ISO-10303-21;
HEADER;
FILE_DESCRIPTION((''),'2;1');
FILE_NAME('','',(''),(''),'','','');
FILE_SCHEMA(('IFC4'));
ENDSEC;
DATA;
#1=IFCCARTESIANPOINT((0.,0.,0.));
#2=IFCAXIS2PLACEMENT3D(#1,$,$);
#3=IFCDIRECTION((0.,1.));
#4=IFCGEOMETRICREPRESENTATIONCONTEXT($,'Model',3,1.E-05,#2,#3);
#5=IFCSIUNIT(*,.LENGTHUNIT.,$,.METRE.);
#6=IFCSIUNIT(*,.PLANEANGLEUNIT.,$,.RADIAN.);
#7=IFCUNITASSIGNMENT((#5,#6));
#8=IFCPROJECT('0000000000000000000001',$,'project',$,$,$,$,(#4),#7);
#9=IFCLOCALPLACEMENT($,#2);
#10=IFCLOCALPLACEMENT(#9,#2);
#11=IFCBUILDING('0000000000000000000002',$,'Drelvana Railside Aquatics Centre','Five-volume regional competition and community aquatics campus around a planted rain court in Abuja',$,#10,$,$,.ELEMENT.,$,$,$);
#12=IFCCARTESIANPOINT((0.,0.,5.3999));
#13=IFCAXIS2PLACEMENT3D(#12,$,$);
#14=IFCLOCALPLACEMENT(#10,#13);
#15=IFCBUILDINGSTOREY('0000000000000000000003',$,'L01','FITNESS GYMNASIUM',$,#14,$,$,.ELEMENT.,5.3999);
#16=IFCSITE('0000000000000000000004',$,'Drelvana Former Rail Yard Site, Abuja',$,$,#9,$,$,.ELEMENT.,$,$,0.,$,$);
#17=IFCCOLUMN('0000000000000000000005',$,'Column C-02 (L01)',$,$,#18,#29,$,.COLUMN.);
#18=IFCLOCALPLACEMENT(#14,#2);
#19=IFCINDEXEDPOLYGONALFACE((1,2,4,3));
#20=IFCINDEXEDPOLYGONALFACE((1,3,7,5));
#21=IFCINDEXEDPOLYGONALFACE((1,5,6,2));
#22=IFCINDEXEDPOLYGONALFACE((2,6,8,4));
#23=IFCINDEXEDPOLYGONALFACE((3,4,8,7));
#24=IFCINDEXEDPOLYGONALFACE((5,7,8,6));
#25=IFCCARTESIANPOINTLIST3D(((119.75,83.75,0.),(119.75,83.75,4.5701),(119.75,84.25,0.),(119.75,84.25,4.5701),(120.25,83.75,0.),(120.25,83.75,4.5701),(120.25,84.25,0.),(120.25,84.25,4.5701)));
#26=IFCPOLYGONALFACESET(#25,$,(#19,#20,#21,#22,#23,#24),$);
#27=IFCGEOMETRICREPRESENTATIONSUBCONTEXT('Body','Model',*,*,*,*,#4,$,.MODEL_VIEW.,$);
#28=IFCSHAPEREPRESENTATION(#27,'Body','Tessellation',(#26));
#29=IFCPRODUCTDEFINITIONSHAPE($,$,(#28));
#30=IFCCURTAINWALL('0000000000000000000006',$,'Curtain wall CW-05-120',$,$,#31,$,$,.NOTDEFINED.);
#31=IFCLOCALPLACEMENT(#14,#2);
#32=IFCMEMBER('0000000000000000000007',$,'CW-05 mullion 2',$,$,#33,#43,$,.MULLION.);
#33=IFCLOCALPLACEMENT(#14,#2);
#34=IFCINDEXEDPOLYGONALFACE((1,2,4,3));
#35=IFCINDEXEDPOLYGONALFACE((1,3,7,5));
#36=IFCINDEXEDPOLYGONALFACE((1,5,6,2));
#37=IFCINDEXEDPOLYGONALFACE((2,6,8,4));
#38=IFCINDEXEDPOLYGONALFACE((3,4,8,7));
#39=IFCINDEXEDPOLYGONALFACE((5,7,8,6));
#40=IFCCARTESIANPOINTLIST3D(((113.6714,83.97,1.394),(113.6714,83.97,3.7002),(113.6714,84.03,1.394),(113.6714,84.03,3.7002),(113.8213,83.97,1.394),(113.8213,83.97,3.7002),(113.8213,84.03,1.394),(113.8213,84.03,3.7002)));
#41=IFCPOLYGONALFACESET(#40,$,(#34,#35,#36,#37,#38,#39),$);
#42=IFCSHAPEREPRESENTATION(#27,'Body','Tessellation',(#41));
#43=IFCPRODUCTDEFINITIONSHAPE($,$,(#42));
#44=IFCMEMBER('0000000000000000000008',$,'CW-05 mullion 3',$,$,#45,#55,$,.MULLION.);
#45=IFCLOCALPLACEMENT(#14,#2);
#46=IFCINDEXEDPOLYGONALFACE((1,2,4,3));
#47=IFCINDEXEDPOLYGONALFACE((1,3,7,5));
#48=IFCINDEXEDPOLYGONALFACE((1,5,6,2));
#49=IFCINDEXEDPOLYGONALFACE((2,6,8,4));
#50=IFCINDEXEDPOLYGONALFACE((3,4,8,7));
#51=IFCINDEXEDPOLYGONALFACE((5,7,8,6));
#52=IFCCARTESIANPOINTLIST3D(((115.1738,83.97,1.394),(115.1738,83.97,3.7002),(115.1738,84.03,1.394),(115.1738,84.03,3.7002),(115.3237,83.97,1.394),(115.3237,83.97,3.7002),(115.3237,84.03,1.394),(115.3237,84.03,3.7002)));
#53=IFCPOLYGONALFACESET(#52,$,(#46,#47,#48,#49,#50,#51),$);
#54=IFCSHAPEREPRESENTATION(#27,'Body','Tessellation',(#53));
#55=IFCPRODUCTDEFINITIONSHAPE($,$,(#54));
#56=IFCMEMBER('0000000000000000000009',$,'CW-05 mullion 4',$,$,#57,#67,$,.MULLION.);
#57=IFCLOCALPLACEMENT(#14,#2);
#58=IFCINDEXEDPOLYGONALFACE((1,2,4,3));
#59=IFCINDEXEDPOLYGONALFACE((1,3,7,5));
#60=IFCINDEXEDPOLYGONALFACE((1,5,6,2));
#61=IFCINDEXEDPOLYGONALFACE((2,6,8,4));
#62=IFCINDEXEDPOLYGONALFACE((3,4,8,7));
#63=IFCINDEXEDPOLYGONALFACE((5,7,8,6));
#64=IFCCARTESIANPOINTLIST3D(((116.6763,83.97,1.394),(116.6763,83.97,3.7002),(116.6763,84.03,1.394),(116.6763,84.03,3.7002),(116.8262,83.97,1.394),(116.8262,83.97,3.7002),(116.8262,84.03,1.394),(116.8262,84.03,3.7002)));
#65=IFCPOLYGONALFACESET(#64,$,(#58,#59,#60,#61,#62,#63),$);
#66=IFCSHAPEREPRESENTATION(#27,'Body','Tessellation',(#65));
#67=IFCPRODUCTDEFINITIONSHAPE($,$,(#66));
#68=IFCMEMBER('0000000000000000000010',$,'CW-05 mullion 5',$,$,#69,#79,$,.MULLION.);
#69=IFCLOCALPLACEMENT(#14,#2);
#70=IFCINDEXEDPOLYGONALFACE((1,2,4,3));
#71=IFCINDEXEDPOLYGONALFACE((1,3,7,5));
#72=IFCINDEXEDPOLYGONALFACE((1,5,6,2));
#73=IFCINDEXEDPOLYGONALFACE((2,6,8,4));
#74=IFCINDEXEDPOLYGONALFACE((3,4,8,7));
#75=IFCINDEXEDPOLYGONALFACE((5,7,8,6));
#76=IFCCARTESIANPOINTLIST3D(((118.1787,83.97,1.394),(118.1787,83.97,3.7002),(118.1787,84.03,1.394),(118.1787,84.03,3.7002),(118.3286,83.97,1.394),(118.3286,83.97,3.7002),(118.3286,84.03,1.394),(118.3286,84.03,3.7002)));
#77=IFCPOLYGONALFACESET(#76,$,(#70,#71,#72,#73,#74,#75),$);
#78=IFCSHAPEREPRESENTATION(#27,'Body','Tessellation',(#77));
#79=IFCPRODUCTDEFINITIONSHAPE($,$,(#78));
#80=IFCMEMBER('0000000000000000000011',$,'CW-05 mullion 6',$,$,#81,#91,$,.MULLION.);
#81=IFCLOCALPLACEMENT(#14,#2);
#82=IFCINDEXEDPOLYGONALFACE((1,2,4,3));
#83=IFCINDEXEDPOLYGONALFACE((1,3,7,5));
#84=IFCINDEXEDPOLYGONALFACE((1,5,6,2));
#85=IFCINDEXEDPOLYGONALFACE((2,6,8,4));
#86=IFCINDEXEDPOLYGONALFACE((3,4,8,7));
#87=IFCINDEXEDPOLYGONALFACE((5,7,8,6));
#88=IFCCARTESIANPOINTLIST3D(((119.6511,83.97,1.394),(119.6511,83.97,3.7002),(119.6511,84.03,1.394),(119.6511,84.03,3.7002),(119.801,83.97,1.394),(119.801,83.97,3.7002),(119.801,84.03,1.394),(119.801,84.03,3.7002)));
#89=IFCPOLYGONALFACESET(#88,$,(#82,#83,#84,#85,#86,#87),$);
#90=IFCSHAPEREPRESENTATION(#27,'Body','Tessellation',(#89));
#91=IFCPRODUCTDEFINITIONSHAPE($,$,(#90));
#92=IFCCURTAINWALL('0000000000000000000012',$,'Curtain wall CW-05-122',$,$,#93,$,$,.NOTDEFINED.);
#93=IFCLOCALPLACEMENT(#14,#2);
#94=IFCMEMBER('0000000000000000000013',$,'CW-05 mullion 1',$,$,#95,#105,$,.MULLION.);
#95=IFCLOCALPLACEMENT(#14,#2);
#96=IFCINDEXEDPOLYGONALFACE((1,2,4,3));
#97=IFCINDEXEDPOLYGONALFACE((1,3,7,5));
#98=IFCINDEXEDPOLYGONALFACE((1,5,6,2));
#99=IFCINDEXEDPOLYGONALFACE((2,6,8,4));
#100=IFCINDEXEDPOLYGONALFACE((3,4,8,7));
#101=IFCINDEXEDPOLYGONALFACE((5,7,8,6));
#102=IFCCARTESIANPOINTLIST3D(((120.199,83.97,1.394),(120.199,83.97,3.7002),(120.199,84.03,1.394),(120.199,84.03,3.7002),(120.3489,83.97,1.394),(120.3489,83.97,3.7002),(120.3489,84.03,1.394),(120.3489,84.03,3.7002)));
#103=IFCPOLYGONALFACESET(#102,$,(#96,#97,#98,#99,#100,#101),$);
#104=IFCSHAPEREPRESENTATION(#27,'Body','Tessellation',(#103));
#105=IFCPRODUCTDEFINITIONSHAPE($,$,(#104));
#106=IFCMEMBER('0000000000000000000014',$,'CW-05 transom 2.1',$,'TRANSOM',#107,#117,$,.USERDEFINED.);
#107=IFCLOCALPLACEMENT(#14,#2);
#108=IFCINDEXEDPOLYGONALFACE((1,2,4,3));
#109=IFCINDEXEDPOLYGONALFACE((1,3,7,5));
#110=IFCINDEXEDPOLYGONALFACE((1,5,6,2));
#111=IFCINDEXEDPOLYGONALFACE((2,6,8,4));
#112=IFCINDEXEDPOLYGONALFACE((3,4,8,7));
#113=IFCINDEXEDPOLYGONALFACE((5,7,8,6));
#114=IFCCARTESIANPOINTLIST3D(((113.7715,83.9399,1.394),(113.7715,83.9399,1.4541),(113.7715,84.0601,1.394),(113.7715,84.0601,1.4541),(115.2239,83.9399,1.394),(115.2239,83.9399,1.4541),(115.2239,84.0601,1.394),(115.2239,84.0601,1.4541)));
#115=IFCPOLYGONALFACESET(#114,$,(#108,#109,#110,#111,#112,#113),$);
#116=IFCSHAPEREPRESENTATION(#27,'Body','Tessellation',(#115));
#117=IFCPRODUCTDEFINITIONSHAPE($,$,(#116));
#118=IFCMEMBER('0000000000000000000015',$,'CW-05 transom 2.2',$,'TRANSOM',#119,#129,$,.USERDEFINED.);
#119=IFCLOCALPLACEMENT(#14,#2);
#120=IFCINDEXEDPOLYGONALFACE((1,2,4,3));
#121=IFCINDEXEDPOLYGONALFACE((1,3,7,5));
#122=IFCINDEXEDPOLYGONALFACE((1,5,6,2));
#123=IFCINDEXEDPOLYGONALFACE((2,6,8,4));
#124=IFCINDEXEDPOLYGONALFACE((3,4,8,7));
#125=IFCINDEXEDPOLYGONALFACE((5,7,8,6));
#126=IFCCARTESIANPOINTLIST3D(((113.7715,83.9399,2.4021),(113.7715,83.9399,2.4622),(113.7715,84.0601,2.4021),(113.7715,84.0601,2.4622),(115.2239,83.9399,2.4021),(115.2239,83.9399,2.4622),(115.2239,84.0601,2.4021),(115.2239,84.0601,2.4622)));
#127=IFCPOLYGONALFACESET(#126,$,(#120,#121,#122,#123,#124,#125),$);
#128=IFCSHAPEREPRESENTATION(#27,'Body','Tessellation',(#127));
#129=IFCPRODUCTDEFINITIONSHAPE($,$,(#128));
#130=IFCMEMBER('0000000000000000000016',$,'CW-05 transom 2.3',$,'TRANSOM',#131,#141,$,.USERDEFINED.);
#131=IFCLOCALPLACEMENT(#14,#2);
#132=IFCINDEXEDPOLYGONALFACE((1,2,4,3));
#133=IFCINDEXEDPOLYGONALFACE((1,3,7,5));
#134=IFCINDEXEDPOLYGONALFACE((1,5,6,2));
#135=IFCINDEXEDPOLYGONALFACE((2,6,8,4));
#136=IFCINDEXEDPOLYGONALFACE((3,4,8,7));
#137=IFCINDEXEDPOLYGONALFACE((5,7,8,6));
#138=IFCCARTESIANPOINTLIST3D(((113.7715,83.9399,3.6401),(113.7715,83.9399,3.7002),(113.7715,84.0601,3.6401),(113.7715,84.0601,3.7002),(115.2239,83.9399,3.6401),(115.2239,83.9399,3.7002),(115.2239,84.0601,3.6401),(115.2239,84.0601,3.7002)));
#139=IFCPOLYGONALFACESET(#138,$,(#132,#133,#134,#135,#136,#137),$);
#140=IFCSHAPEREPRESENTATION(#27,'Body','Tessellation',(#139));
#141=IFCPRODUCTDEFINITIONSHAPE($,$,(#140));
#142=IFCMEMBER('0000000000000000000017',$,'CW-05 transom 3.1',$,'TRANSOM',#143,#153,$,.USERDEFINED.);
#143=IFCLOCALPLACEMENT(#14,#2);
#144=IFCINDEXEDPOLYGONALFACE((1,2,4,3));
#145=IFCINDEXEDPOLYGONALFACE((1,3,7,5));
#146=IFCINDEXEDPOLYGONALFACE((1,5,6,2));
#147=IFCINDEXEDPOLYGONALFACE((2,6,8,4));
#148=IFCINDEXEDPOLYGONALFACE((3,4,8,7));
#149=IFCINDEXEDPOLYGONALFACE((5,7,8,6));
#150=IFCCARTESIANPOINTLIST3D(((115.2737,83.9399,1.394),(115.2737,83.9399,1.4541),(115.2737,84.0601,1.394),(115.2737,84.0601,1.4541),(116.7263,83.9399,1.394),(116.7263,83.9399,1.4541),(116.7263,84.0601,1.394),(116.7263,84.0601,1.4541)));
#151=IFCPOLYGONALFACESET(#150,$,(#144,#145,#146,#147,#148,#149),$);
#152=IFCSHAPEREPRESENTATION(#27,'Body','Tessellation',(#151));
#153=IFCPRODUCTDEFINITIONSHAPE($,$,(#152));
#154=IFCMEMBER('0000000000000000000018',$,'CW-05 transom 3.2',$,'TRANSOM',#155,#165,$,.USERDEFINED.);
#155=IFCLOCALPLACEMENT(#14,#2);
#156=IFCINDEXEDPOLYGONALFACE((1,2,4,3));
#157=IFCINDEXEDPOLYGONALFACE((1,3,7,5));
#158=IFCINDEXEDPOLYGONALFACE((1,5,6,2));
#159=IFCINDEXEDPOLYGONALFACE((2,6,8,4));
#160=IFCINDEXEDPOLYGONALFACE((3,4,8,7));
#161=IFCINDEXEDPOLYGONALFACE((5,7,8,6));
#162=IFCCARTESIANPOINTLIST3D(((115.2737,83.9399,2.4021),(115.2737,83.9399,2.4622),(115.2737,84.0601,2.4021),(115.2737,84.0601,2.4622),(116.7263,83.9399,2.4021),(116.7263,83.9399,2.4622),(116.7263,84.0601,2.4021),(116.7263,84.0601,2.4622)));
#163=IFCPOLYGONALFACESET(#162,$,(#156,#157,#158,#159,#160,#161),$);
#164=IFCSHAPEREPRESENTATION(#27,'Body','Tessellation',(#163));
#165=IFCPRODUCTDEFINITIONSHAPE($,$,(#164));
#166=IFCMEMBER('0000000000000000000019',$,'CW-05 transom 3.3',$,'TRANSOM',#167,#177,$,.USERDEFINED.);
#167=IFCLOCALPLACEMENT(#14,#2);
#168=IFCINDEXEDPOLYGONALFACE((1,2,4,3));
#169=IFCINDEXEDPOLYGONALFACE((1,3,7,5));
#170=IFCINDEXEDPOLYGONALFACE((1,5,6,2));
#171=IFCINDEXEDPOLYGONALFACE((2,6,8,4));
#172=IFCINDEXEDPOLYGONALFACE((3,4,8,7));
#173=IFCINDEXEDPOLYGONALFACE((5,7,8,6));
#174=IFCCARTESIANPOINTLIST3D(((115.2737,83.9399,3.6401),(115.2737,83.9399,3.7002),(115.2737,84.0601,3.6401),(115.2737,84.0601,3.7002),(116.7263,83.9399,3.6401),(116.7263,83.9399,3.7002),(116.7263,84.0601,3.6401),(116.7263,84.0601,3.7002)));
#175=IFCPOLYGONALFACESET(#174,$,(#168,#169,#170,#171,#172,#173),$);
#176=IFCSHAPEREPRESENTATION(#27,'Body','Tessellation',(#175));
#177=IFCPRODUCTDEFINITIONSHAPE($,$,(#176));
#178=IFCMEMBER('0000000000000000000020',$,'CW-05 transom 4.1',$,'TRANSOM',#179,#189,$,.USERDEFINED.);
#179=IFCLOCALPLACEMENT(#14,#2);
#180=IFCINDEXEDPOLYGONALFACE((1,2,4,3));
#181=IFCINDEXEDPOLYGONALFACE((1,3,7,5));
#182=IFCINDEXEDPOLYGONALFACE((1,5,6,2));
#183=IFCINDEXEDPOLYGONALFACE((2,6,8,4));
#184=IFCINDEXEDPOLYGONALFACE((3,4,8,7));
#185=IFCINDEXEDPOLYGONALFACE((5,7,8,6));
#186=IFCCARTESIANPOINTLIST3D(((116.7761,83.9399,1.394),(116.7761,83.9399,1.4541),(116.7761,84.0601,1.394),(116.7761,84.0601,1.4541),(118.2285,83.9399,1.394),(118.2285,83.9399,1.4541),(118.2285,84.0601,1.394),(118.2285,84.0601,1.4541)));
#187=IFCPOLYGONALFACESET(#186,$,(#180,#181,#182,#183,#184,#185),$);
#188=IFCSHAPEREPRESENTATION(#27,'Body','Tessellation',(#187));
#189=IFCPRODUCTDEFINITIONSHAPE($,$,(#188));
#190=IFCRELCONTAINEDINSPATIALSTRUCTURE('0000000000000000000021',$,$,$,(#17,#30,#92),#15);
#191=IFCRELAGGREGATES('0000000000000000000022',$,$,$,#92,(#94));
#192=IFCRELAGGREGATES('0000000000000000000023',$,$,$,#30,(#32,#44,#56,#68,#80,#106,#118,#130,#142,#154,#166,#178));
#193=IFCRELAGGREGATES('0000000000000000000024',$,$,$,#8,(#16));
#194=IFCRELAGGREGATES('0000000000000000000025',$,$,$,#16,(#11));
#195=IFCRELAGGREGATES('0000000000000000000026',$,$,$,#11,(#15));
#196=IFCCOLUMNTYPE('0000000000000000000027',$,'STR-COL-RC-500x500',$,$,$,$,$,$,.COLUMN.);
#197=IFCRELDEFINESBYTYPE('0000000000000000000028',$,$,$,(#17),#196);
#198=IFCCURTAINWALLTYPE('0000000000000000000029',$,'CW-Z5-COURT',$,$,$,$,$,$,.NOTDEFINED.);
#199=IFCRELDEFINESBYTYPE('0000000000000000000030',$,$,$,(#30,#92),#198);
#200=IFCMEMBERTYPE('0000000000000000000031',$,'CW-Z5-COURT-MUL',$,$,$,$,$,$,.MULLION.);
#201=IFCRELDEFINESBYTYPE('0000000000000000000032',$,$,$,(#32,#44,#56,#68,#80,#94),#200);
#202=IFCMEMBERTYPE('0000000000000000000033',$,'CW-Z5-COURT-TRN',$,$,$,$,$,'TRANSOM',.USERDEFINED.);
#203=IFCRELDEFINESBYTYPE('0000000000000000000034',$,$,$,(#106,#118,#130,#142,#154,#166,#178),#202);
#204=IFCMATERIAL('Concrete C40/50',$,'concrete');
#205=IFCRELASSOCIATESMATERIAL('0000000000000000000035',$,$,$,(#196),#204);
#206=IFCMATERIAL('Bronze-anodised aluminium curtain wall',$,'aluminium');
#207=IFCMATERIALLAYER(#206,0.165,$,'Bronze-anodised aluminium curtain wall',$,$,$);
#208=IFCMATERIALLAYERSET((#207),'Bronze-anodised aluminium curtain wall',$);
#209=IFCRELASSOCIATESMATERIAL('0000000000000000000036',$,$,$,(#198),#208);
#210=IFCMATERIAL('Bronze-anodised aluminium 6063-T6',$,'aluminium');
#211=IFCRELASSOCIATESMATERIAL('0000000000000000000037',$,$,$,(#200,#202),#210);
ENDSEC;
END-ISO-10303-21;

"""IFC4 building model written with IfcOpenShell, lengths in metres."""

from ifc_helpers import new_model, si_unit, direction, frame, origin, origin_2d, place, context, subcontext, project, spatial, rectangle, extrude, material, layer, layer_set, material_profile, profile_set, type_object, element, aggregate, save


model = new_model("IFC4")

# Units and contexts
model_context = context("Model", 3, precision=1e-05, world=origin(), true_north=direction((0.0, 1.0)))
body_context = subcontext(model_context, "Body", "Model", "MODEL_VIEW")
ifc_project = project(units=[si_unit("LENGTHUNIT", "METRE"), si_unit("PLANEANGLEUNIT", "RADIAN")], contexts=[model_context])

# Site, building, storey
site_placement = place(None, origin())
site = spatial("IfcSite", under=ifc_project, at=site_placement, Name="Drelvana Former Rail Yard Site, Abuja", CompositionType="ELEMENT", RefElevation=0.0)
building_placement = place(site_placement, origin())
building = spatial("IfcBuilding", under=site, at=building_placement, Name="Drelvana Railside Aquatics Centre", Description="Five-volume regional competition and community aquatics campus around a planted rain court in Abuja", CompositionType="ELEMENT")
storey_placement = place(building_placement, frame((0.0, 0.0, 5.3999)))
storey = spatial("IfcBuildingStorey", under=building, at=storey_placement, Name="L01", Description="FITNESS GYMNASIUM", CompositionType="ELEMENT", Elevation=5.3999)

# Column
ifc_material_1 = material(Name="Concrete C40/50", Category="concrete")
ifc_material_profile_1 = material_profile(ifc_material_1, rectangle(XDim=0.5, YDim=0.5, at=origin_2d()), Name="RC 500x500")
ifc_profile_set_1 = profile_set([ifc_material_profile_1], Name="Concrete C40/50")
column_type = type_object("IfcColumnType", Name="STR-COL-RC-500x500", PredefinedType="COLUMN", material=ifc_profile_set_1)
column_placement = place(storey_placement, frame((120.0, 84.0, 0.0), z_axis=(0.0, 0.0, 1.0), x_axis=(1.0, 0.0, 0.0)))
element("IfcColumn", 1, at=column_placement, inside=storey, type_object=column_type, Name="Column C-02 (L01)", PredefinedType="COLUMN", context=body_context, shape_type="SweptSolid", body=[
    extrude(rectangle(XDim=0.5, YDim=0.5, at=origin_2d()), origin(), (0.0, 0.0, 1.0), 4.5701),
])

# Curtain wall, members
ifc_material_2 = material(Name="Bronze-anodised aluminium curtain wall", Category="aluminium")
ifc_layer_1 = layer(ifc_material_2, 0.165, Name="Bronze-anodised aluminium curtain wall")
ifc_layer_set_1 = layer_set([ifc_layer_1], Name="Bronze-anodised aluminium curtain wall")
curtain_wall_type = type_object("IfcCurtainWallType", Name="CW-Z5-COURT", PredefinedType="NOTDEFINED", material=ifc_layer_set_1)
curtain_wall_1_placement = place(storey_placement, origin())
curtain_wall_1 = element("IfcCurtainWall", 2, at=curtain_wall_1_placement, inside=storey, type_object=curtain_wall_type, Name="Curtain wall CW-05-120", PredefinedType="NOTDEFINED")
ifc_material_3 = material(Name="Bronze-anodised aluminium 6063-T6", Category="aluminium")
ifc_material_profile_2 = material_profile(ifc_material_3, rectangle(XDim=0.0601, YDim=0.1499, at=origin_2d()), Name="ALU-M 60x150")
ifc_profile_set_2 = profile_set([ifc_material_profile_2], Name="Bronze-anodised aluminium 6063-T6")
member_type_1 = type_object("IfcMemberType", Name="CW-Z5-COURT-MUL", PredefinedType="MULLION", material=ifc_profile_set_2)
member_1_placement = place(storey_placement, frame((113.7463, 84.0, 1.394), z_axis=(0.0, 0.0, 1.0), x_axis=(0.0, 1.0, 0.0)))
member_1 = element("IfcMember", 3, at=member_1_placement, type_object=member_type_1, Name="CW-05 mullion 2", PredefinedType="MULLION", context=body_context, shape_type="SweptSolid", body=[
    extrude(rectangle(XDim=0.0601, YDim=0.1499, at=origin_2d()), origin(), (0.0, 0.0, 1.0), 2.3062),
])
member_2_placement = place(storey_placement, frame((115.2488, 84.0, 1.394), z_axis=(0.0, 0.0, 1.0), x_axis=(0.0, 1.0, 0.0)))
member_2 = element("IfcMember", 4, at=member_2_placement, type_object=member_type_1, Name="CW-05 mullion 3", PredefinedType="MULLION", context=body_context, shape_type="SweptSolid", body=[
    extrude(rectangle(XDim=0.0601, YDim=0.1499, at=origin_2d()), origin(), (0.0, 0.0, 1.0), 2.3062),
])
member_3_placement = place(storey_placement, frame((116.7512, 84.0, 1.394), z_axis=(0.0, 0.0, 1.0), x_axis=(0.0, 1.0, 0.0)))
member_3 = element("IfcMember", 5, at=member_3_placement, type_object=member_type_1, Name="CW-05 mullion 4", PredefinedType="MULLION", context=body_context, shape_type="SweptSolid", body=[
    extrude(rectangle(XDim=0.0601, YDim=0.1499, at=origin_2d()), origin(), (0.0, 0.0, 1.0), 2.3062),
])
member_4_placement = place(storey_placement, frame((118.2537, 84.0, 1.394), z_axis=(0.0, 0.0, 1.0), x_axis=(0.0, 1.0, 0.0)))
member_4 = element("IfcMember", 6, at=member_4_placement, type_object=member_type_1, Name="CW-05 mullion 5", PredefinedType="MULLION", context=body_context, shape_type="SweptSolid", body=[
    extrude(rectangle(XDim=0.0601, YDim=0.1499, at=origin_2d()), origin(), (0.0, 0.0, 1.0), 2.3062),
])
member_5_placement = place(storey_placement, frame((119.7261, 84.0, 1.394), z_axis=(0.0, 0.0, 1.0), x_axis=(0.0, 1.0, 0.0)))
member_5 = element("IfcMember", 7, at=member_5_placement, type_object=member_type_1, Name="CW-05 mullion 6", PredefinedType="MULLION", context=body_context, shape_type="SweptSolid", body=[
    extrude(rectangle(XDim=0.0601, YDim=0.1499, at=origin_2d()), origin(), (0.0, 0.0, 1.0), 2.3062),
])

# Curtain wall, member
curtain_wall_2_placement = place(storey_placement, origin())
curtain_wall_2 = element("IfcCurtainWall", 8, at=curtain_wall_2_placement, inside=storey, type_object=curtain_wall_type, Name="Curtain wall CW-05-122", PredefinedType="NOTDEFINED")
member_6_placement = place(storey_placement, frame((120.2739, 84.0, 1.394), z_axis=(0.0, 0.0, 1.0), x_axis=(0.0, 1.0, 0.0)))
member_6 = element("IfcMember", 9, at=member_6_placement, type_object=member_type_1, Name="CW-05 mullion 1", PredefinedType="MULLION", context=body_context, shape_type="SweptSolid", body=[
    extrude(rectangle(XDim=0.0601, YDim=0.1499, at=origin_2d()), origin(), (0.0, 0.0, 1.0), 2.3062),
])

# Members
ifc_material_profile_3 = material_profile(ifc_material_3, rectangle(XDim=0.1201, YDim=0.0601, at=origin_2d()), Name="ALU-T 60x120")
ifc_profile_set_3 = profile_set([ifc_material_profile_3], Name="Bronze-anodised aluminium 6063-T6")
member_type_2 = type_object("IfcMemberType", Name="CW-Z5-COURT-TRN", ElementType="TRANSOM", PredefinedType="USERDEFINED", material=ifc_profile_set_3)
member_7_placement = place(storey_placement, frame((113.7715, 84.0, 1.4241), z_axis=(1.0, 0.0, 0.0), x_axis=(0.0, 1.0, 0.0)))
member_7 = element("IfcMember", 10, at=member_7_placement, type_object=member_type_2, Name="CW-05 transom 2.1", ObjectType="TRANSOM", PredefinedType="USERDEFINED", context=body_context, shape_type="SweptSolid", body=[
    extrude(rectangle(XDim=0.1201, YDim=0.0601, at=origin_2d()), origin(), (0.0, 0.0, 1.0), 1.4524),
])
member_8_placement = place(storey_placement, frame((113.7715, 84.0, 2.4321), z_axis=(1.0, 0.0, 0.0), x_axis=(0.0, 1.0, 0.0)))
member_8 = element("IfcMember", 11, at=member_8_placement, type_object=member_type_2, Name="CW-05 transom 2.2", ObjectType="TRANSOM", PredefinedType="USERDEFINED", context=body_context, shape_type="SweptSolid", body=[
    extrude(rectangle(XDim=0.1201, YDim=0.0601, at=origin_2d()), origin(), (0.0, 0.0, 1.0), 1.4524),
])
member_9_placement = place(storey_placement, frame((113.7715, 84.0, 3.6702), z_axis=(1.0, 0.0, 0.0), x_axis=(0.0, 1.0, 0.0)))
member_9 = element("IfcMember", 12, at=member_9_placement, type_object=member_type_2, Name="CW-05 transom 2.3", ObjectType="TRANSOM", PredefinedType="USERDEFINED", context=body_context, shape_type="SweptSolid", body=[
    extrude(rectangle(XDim=0.1201, YDim=0.0601, at=origin_2d()), origin(), (0.0, 0.0, 1.0), 1.4524),
])
member_10_placement = place(storey_placement, frame((115.2737, 84.0, 1.4241), z_axis=(1.0, 0.0, 0.0), x_axis=(0.0, 1.0, 0.0)))
member_10 = element("IfcMember", 13, at=member_10_placement, type_object=member_type_2, Name="CW-05 transom 3.1", ObjectType="TRANSOM", PredefinedType="USERDEFINED", context=body_context, shape_type="SweptSolid", body=[
    extrude(rectangle(XDim=0.1201, YDim=0.0601, at=origin_2d()), origin(), (0.0, 0.0, 1.0), 1.4526),
])
member_11_placement = place(storey_placement, frame((115.2737, 84.0, 2.4321), z_axis=(1.0, 0.0, 0.0), x_axis=(0.0, 1.0, 0.0)))
member_11 = element("IfcMember", 14, at=member_11_placement, type_object=member_type_2, Name="CW-05 transom 3.2", ObjectType="TRANSOM", PredefinedType="USERDEFINED", context=body_context, shape_type="SweptSolid", body=[
    extrude(rectangle(XDim=0.1201, YDim=0.0601, at=origin_2d()), origin(), (0.0, 0.0, 1.0), 1.4526),
])
member_12_placement = place(storey_placement, frame((115.2737, 84.0, 3.6702), z_axis=(1.0, 0.0, 0.0), x_axis=(0.0, 1.0, 0.0)))
member_12 = element("IfcMember", 15, at=member_12_placement, type_object=member_type_2, Name="CW-05 transom 3.3", ObjectType="TRANSOM", PredefinedType="USERDEFINED", context=body_context, shape_type="SweptSolid", body=[
    extrude(rectangle(XDim=0.1201, YDim=0.0601, at=origin_2d()), origin(), (0.0, 0.0, 1.0), 1.4526),
])
member_13_placement = place(storey_placement, frame((116.7761, 84.0, 1.4241), z_axis=(1.0, 0.0, 0.0), x_axis=(0.0, 1.0, 0.0)))
member_13 = element("IfcMember", 16, at=member_13_placement, type_object=member_type_2, Name="CW-05 transom 4.1", ObjectType="TRANSOM", PredefinedType="USERDEFINED", context=body_context, shape_type="SweptSolid", body=[
    extrude(rectangle(XDim=0.1201, YDim=0.0601, at=origin_2d()), origin(), (0.0, 0.0, 1.0), 1.4524),
])
aggregate(curtain_wall_2, [member_6])

aggregate(curtain_wall_1, [member_1, member_2, member_3, member_4, member_5, member_7, member_8, member_9, member_10, member_11, member_12, member_13])

save(model, "model.ifc")
